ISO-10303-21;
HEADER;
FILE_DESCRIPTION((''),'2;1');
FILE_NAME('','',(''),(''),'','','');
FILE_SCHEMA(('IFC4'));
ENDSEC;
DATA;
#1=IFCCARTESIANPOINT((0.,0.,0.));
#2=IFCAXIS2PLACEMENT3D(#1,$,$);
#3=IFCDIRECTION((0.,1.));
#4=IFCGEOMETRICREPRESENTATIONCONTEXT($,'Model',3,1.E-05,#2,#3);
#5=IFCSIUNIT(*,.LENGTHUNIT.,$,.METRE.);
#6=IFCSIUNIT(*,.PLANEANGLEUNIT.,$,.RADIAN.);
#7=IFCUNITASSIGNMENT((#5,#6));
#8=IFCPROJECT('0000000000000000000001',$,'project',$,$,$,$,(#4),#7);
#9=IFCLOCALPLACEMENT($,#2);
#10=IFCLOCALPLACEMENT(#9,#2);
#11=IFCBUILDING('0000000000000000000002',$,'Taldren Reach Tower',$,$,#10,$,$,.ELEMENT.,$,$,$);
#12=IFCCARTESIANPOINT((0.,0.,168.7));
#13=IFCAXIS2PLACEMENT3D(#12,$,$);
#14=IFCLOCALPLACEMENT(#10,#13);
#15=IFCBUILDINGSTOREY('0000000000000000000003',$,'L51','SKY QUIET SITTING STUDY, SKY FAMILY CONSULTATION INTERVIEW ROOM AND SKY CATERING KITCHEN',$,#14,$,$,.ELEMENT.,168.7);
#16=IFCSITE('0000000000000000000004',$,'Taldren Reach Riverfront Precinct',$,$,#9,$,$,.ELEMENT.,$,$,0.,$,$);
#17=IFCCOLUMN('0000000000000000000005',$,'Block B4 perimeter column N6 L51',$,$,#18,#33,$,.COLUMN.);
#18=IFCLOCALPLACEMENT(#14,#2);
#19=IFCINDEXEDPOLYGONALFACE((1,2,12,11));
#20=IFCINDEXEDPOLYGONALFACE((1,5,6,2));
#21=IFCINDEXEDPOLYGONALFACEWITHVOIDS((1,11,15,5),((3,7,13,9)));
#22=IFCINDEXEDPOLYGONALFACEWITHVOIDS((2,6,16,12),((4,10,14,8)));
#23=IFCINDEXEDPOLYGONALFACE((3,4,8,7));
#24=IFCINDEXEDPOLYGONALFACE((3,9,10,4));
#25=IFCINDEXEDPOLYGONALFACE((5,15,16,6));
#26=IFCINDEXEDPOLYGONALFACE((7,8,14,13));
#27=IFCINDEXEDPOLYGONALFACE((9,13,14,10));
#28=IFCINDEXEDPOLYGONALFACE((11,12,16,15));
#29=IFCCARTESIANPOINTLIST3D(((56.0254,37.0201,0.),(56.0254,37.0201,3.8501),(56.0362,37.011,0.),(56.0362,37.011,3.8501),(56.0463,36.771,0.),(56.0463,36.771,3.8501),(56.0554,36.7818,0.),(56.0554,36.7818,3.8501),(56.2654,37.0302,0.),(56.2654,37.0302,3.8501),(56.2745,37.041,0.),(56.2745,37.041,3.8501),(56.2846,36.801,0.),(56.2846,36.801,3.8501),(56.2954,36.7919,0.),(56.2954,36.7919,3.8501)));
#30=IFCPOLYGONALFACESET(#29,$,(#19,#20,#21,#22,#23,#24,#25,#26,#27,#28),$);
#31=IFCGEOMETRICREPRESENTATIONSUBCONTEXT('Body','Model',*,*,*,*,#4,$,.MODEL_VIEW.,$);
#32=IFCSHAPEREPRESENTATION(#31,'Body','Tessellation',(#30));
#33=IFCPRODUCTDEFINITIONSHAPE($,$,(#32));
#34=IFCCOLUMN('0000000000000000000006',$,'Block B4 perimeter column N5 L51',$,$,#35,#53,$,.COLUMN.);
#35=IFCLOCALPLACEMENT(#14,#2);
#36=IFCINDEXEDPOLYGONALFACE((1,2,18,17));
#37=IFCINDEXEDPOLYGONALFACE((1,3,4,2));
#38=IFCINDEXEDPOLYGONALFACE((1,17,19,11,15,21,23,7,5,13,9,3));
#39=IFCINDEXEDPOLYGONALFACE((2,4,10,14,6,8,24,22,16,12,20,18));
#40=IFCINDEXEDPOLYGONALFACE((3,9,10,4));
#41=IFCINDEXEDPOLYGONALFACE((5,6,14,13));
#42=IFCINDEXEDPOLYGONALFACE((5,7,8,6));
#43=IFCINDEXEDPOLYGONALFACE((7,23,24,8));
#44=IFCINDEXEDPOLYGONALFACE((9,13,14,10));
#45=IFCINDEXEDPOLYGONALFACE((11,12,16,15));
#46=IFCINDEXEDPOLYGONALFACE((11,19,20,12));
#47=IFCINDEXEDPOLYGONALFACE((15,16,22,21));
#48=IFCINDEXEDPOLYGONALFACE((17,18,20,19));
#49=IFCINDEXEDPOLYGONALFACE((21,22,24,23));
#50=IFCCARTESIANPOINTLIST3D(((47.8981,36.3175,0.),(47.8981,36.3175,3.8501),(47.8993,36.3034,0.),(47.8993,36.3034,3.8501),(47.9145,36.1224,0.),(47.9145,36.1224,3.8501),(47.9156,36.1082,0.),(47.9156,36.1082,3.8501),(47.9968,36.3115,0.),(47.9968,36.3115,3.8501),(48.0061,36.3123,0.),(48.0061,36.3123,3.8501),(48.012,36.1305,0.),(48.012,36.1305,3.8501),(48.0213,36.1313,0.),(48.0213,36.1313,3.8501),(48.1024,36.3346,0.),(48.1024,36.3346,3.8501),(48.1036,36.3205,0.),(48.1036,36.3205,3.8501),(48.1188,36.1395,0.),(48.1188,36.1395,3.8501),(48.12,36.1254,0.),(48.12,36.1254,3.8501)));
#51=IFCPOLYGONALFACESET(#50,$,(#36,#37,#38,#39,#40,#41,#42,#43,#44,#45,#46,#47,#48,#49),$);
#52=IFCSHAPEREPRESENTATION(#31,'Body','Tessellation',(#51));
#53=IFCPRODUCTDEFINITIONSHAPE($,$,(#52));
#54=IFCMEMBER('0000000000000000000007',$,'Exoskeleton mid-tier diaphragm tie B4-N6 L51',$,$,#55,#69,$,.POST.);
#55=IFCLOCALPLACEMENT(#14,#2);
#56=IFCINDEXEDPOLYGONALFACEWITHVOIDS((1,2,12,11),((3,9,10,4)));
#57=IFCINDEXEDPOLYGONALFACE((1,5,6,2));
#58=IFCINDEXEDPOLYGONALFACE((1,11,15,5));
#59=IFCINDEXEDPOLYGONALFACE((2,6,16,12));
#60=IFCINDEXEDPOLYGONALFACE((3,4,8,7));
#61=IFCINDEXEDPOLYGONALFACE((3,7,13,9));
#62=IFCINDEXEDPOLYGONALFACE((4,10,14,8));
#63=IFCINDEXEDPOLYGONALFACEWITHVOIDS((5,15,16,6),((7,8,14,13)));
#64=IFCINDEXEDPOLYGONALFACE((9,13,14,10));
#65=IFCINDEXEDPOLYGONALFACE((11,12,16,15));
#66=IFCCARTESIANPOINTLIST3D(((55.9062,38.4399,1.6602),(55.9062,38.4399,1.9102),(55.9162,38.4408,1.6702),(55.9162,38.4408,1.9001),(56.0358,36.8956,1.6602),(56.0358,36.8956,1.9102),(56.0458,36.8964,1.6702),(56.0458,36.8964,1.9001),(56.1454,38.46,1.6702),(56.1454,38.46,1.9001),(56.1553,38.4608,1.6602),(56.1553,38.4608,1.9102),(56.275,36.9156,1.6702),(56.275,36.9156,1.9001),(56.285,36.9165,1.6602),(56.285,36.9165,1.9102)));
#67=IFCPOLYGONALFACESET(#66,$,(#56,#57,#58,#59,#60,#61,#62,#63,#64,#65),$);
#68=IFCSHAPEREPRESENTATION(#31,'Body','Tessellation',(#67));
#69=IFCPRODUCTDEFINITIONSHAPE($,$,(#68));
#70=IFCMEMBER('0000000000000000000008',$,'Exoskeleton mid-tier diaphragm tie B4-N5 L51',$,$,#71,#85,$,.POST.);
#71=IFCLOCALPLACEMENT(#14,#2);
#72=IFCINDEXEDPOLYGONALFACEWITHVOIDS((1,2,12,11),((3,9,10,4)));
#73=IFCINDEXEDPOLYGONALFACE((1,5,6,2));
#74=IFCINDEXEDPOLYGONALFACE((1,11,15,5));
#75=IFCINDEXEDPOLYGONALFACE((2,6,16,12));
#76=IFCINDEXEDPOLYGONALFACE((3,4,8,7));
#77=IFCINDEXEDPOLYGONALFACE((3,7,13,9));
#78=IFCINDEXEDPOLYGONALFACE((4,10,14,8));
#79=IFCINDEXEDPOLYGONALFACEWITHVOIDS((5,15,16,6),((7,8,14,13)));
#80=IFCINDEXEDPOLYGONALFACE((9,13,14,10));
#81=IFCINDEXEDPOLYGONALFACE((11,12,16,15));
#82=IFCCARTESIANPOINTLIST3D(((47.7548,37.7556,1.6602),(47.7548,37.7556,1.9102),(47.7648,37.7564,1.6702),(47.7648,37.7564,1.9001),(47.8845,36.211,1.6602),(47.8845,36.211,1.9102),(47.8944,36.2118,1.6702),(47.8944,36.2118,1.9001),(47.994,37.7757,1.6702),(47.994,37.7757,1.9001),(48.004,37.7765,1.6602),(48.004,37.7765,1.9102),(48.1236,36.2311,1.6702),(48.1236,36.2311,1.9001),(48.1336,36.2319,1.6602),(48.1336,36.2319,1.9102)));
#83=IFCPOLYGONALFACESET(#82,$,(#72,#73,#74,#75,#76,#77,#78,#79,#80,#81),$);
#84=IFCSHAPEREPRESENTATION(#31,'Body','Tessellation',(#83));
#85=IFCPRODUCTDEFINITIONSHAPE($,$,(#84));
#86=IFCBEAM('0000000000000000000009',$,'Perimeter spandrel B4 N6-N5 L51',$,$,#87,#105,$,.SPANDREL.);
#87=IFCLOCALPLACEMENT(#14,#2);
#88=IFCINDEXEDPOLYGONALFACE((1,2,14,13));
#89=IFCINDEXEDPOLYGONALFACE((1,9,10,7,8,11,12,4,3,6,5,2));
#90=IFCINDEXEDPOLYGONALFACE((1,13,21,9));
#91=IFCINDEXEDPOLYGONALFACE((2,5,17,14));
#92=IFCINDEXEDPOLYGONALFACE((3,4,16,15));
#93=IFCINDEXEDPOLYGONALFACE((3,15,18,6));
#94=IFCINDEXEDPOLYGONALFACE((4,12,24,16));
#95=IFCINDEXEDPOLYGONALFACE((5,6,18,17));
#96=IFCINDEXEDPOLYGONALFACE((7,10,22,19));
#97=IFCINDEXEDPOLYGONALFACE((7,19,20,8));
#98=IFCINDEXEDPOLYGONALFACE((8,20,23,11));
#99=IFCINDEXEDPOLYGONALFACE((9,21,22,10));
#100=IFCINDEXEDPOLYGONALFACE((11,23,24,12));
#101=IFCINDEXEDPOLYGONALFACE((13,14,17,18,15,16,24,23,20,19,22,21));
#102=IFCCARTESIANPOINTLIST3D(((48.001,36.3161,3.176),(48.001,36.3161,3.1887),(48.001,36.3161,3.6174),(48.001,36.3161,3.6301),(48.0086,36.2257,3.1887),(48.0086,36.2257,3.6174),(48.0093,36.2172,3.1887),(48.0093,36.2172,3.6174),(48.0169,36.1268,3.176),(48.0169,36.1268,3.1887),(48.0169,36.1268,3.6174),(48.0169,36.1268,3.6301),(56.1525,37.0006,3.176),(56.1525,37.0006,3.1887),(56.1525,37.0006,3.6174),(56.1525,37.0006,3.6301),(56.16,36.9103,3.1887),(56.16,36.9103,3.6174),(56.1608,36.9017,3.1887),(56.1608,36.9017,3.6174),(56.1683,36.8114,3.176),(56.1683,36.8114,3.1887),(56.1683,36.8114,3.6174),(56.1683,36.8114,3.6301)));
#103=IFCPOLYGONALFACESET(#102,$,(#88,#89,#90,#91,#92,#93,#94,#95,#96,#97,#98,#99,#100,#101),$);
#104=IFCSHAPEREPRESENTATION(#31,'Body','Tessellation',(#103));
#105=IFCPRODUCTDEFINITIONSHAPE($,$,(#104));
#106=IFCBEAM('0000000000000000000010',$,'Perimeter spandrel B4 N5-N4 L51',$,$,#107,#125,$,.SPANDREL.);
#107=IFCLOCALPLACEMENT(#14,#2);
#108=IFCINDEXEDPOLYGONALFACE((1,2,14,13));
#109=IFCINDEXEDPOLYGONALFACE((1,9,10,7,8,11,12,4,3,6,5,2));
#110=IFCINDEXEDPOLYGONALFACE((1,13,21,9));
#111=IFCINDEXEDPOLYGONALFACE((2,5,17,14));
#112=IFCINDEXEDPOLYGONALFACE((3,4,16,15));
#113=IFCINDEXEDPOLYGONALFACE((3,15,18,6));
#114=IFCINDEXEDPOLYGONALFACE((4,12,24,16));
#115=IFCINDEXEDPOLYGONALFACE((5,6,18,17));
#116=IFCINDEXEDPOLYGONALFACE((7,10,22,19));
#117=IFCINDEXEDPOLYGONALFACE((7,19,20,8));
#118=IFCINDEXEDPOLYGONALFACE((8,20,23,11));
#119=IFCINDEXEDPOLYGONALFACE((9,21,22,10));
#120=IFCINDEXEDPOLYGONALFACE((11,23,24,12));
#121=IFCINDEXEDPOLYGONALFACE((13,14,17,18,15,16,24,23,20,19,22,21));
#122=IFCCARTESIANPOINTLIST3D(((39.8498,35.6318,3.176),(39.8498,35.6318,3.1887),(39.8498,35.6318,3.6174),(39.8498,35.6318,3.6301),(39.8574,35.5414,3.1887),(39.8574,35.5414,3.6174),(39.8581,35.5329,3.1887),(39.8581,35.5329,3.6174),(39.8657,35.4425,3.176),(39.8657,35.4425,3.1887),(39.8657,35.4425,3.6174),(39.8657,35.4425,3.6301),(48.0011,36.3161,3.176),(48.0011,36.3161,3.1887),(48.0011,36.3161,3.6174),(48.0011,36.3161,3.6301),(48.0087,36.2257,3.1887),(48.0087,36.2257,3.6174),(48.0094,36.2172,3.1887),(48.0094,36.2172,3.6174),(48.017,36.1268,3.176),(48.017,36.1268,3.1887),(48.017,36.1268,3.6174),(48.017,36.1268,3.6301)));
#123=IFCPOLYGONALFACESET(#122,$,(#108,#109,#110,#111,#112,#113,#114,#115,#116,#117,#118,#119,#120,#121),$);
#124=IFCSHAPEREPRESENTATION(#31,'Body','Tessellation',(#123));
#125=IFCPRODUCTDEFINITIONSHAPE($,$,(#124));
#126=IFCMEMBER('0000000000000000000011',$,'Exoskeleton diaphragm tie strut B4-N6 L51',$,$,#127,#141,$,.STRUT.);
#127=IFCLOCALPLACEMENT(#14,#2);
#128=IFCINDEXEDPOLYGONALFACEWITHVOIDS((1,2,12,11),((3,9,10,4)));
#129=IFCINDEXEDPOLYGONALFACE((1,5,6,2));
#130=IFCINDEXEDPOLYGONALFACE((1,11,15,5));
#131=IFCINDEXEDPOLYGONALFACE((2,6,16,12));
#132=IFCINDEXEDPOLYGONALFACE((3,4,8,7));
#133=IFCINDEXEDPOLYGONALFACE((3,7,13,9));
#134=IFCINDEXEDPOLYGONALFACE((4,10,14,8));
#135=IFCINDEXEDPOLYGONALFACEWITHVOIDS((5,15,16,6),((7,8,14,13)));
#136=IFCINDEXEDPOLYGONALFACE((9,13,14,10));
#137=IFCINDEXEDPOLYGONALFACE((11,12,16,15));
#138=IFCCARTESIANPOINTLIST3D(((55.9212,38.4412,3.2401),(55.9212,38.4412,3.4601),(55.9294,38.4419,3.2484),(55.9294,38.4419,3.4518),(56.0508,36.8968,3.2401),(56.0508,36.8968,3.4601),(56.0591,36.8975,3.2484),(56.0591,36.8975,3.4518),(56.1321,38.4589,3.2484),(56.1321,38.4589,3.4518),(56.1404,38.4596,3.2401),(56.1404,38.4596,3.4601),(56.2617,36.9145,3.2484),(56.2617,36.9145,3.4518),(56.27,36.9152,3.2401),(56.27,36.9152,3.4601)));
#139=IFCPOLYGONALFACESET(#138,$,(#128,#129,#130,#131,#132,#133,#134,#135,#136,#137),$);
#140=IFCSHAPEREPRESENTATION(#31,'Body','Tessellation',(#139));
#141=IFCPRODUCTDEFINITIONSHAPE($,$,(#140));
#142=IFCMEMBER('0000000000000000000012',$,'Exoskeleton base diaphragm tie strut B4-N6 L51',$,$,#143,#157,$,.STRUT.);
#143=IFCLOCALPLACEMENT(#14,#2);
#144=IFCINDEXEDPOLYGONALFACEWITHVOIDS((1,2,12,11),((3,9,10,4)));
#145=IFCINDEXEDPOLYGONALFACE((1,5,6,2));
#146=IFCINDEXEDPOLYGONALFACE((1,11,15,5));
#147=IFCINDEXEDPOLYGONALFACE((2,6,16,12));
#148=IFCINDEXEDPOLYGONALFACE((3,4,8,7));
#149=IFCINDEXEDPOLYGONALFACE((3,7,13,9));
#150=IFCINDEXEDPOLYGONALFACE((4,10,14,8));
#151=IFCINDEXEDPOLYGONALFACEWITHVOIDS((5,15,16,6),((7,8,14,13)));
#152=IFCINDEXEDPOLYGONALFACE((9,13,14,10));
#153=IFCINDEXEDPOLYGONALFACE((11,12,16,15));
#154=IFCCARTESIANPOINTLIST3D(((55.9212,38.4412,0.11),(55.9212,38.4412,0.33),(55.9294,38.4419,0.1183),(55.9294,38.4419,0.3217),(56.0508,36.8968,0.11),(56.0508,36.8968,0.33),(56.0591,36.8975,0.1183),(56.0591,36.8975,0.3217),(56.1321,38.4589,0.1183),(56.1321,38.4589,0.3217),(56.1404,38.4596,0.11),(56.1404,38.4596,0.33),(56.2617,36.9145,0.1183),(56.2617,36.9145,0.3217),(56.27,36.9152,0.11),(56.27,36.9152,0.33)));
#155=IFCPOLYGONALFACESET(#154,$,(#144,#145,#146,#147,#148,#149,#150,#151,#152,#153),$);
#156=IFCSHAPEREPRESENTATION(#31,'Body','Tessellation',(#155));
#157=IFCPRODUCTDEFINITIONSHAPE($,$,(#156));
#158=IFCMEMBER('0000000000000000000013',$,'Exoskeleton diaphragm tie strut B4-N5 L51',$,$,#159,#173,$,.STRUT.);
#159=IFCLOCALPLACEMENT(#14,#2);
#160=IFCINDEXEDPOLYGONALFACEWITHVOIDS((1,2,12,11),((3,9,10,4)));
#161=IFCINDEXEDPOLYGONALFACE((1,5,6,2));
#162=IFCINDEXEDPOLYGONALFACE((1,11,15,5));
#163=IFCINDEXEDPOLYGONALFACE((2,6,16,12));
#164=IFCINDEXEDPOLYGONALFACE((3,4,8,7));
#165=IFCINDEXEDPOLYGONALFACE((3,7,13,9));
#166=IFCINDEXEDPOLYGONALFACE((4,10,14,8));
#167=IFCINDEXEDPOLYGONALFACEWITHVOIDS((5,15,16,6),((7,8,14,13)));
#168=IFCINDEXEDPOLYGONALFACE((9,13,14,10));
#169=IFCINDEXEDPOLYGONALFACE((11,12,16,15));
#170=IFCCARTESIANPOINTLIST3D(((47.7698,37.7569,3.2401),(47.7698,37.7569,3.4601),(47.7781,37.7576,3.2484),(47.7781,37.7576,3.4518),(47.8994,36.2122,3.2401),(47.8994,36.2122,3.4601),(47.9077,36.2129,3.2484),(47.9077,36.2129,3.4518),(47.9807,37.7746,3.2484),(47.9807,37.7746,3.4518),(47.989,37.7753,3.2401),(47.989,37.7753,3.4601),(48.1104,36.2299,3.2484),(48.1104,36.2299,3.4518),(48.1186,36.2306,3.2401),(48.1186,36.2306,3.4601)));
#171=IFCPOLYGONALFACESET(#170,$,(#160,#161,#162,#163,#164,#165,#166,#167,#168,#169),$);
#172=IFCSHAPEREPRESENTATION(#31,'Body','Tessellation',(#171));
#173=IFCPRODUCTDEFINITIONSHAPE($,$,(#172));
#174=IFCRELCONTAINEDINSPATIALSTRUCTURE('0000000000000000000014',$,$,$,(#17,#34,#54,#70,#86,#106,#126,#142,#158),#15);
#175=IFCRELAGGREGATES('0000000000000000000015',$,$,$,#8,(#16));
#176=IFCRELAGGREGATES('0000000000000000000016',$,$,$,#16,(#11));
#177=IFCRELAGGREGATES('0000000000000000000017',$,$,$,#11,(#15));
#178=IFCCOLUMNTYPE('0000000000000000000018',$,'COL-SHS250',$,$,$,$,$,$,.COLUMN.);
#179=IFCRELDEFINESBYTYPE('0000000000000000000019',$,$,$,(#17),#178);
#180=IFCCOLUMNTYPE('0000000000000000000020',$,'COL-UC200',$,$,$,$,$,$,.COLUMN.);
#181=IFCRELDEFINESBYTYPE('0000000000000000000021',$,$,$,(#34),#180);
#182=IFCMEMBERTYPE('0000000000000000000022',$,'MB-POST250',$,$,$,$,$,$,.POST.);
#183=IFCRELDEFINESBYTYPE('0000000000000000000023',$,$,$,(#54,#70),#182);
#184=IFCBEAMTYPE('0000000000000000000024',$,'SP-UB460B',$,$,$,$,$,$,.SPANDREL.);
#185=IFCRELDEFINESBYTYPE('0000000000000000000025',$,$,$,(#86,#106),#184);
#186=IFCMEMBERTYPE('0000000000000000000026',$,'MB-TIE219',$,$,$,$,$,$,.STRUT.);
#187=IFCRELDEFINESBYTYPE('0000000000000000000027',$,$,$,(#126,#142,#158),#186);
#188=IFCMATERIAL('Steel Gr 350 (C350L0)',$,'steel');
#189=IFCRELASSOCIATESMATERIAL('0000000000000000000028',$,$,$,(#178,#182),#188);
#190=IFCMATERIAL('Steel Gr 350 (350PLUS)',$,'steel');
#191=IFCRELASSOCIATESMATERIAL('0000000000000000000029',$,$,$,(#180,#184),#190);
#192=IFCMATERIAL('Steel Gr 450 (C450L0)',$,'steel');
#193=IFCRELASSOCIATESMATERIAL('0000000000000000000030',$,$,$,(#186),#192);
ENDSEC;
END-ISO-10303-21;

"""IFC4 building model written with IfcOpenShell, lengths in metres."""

from ifc_helpers import new_model, si_unit, direction, frame, origin, origin_2d, place, context, subcontext, project, spatial, hollow_rectangle, i_section, extrude, source, transform, mapped, material, material_profile, profile_set, type_object, element, save


model = new_model("IFC4")

# Units and contexts
model_context = context("Model", 3, precision=1e-05, world=origin(), true_north=direction((0.0, 1.0)))
body_context = subcontext(model_context, "Body", "Model", "MODEL_VIEW")
ifc_project = project(units=[si_unit("LENGTHUNIT", "METRE"), si_unit("PLANEANGLEUNIT", "RADIAN")], contexts=[model_context])

# Site, building, storey
site_placement = place(None, origin())
site = spatial("IfcSite", under=ifc_project, at=site_placement, Name="Taldren Reach Riverfront Precinct", CompositionType="ELEMENT", RefElevation=0.0)
building_placement = place(site_placement, origin())
building = spatial("IfcBuilding", under=site, at=building_placement, Name="Taldren Reach Tower", CompositionType="ELEMENT")
storey_placement = place(building_placement, frame((0.0, 0.0, 168.7)))
storey = spatial("IfcBuildingStorey", under=building, at=storey_placement, Name="L51", Description="SKY QUIET SITTING STUDY, SKY FAMILY CONSULTATION INTERVIEW ROOM AND SKY CATERING KITCHEN", CompositionType="ELEMENT", Elevation=168.7)

# Columns
ifc_material_1 = material(Name="Steel Gr 350 (C350L0)", Category="steel")
ifc_material_profile_1 = material_profile(ifc_material_1, hollow_rectangle(XDim=0.25, YDim=0.25, WallThickness=0.01, at=origin_2d()), Name="250x250x10.0SHS")
ifc_profile_set_1 = profile_set([ifc_material_profile_1], Name="Steel Gr 350 (C350L0)")
column_type_1 = type_object("IfcColumnType", Name="COL-SHS250", PredefinedType="COLUMN", material=ifc_profile_set_1)
shared_shape_1 = source(origin(), body_context, "Body", "SweptSolid", [
    extrude(hollow_rectangle(XDim=0.25, YDim=0.25, WallThickness=0.01, at=origin_2d()), origin(), (0.0, 0.0, 1.0), 3.8501),
])
column_1_placement = place(storey_placement, frame((56.1604, 36.906, 0.0), z_axis=(0.0, 0.0, 1.0), x_axis=(0.996493, 0.083678, 0.0)))
element("IfcColumn", 1, at=column_1_placement, inside=storey, type_object=column_type_1, Name="Block B4 perimeter column N6 L51", PredefinedType="COLUMN", context=body_context, shape_type="MappedRepresentation", body=[
    mapped(shared_shape_1, transform((0.0, 0.0, 0.0), scale=1.0)),
])
ifc_material_2 = material(Name="Steel Gr 350 (350PLUS)", Category="steel")
ifc_material_profile_2 = material_profile(ifc_material_2, i_section(OverallWidth=0.2051, OverallDepth=0.21, WebThickness=0.0093, FlangeThickness=0.0142, at=origin_2d()), Name="200UC59.5")
ifc_profile_set_2 = profile_set([ifc_material_profile_2], Name="Steel Gr 350 (350PLUS)")
column_type_2 = type_object("IfcColumnType", Name="COL-UC200", PredefinedType="COLUMN", material=ifc_profile_set_2)
shared_shape_2 = source(origin(), body_context, "Body", "SweptSolid", [
    extrude(i_section(OverallWidth=0.2051, OverallDepth=0.21, WebThickness=0.0093, FlangeThickness=0.0142, at=origin_2d()), origin(), (0.0, 0.0, 1.0), 3.8501),
])
column_2_placement = place(storey_placement, frame((48.009, 36.2214, 0.0), z_axis=(0.0, 0.0, 1.0), x_axis=(0.996493, 0.083678, 0.0)))
element("IfcColumn", 2, at=column_2_placement, inside=storey, type_object=column_type_2, Name="Block B4 perimeter column N5 L51", PredefinedType="COLUMN", context=body_context, shape_type="MappedRepresentation", body=[
    mapped(shared_shape_2, transform((0.0, 0.0, 0.0), scale=1.0)),
])

# Members
ifc_material_profile_3 = material_profile(ifc_material_1, hollow_rectangle(XDim=0.25, YDim=0.25, WallThickness=0.01, at=origin_2d()), Name="250x250x10.0SHS")
ifc_profile_set_3 = profile_set([ifc_material_profile_3], Name="Steel Gr 350 (C350L0)")
member_type_1 = type_object("IfcMemberType", Name="MB-POST250", PredefinedType="POST", material=ifc_profile_set_3)
shared_shape_3 = source(origin(), body_context, "Body", "SweptSolid", [
    extrude(hollow_rectangle(XDim=0.25, YDim=0.25, WallThickness=0.01, at=origin_2d()), origin(), (0.0, 0.0, 1.0), 1.5498),
])
member_1_placement = place(storey_placement, frame((56.1604, 36.906, 1.7852), z_axis=(-0.083645, 0.996496, 0.0), x_axis=(-0.996496, -0.083645, 0.0)))
element("IfcMember", 3, at=member_1_placement, inside=storey, type_object=member_type_1, Name="Exoskeleton mid-tier diaphragm tie B4-N6 L51", PredefinedType="POST", context=body_context, shape_type="MappedRepresentation", body=[
    mapped(shared_shape_3, transform((0.0, 0.0, 0.0), scale=1.0)),
])
shared_shape_4 = source(origin(), body_context, "Body", "SweptSolid", [
    extrude(hollow_rectangle(XDim=0.25, YDim=0.25, WallThickness=0.01, at=origin_2d()), origin(), (0.0, 0.0, 1.0), 1.55),
])
member_2_placement = place(storey_placement, frame((48.009, 36.2214, 1.7852), z_axis=(-0.083632, 0.996497, 0.0), x_axis=(-0.996497, -0.083632, 0.0)))
element("IfcMember", 4, at=member_2_placement, inside=storey, type_object=member_type_1, Name="Exoskeleton mid-tier diaphragm tie B4-N5 L51", PredefinedType="POST", context=body_context, shape_type="MappedRepresentation", body=[
    mapped(shared_shape_4, transform((0.0, 0.0, 0.0), scale=1.0)),
])

# Beams
ifc_material_profile_4 = material_profile(ifc_material_2, i_section(OverallWidth=0.1899, OverallDepth=0.4541, WebThickness=0.0085, FlangeThickness=0.0127, at=origin_2d()), Name="460UB67.1")
ifc_profile_set_4 = profile_set([ifc_material_profile_4], Name="Steel Gr 350 (350PLUS)")
beam_type = type_object("IfcBeamType", Name="SP-UB460B", PredefinedType="SPANDREL", material=ifc_profile_set_4)
shared_shape_5 = source(origin(), body_context, "Body", "SweptSolid", [
    extrude(i_section(OverallWidth=0.1899, OverallDepth=0.4541, WebThickness=0.0085, FlangeThickness=0.0127, at=origin_2d()), origin(), (0.0, 0.0, 1.0), 8.1802),
])
beam_1_placement = place(storey_placement, frame((56.1604, 36.906, 3.4031), z_axis=(-0.996492, -0.083688, 0.0), x_axis=(0.083688, -0.996492, 0.0)))
element("IfcBeam", 5, at=beam_1_placement, inside=storey, type_object=beam_type, Name="Perimeter spandrel B4 N6-N5 L51", PredefinedType="SPANDREL", context=body_context, shape_type="MappedRepresentation", body=[
    mapped(shared_shape_5, transform((0.0, 0.0, 0.0), scale=1.0)),
])
shared_shape_6 = source(origin(), body_context, "Body", "SweptSolid", [
    extrude(i_section(OverallWidth=0.1899, OverallDepth=0.4541, WebThickness=0.0085, FlangeThickness=0.0127, at=origin_2d()), origin(), (0.0, 0.0, 1.0), 8.1799),
])
beam_2_placement = place(storey_placement, frame((48.009, 36.2214, 3.4031), z_axis=(-0.996495, -0.083658, 0.0), x_axis=(0.083658, -0.996495, 0.0)))
element("IfcBeam", 6, at=beam_2_placement, inside=storey, type_object=beam_type, Name="Perimeter spandrel B4 N5-N4 L51", PredefinedType="SPANDREL", context=body_context, shape_type="MappedRepresentation", body=[
    mapped(shared_shape_6, transform((0.0, 0.0, 0.0), scale=1.0)),
])

# Members
ifc_material_3 = material(Name="Steel Gr 450 (C450L0)", Category="steel")
ifc_material_profile_5 = material_profile(ifc_material_3, hollow_rectangle(XDim=0.22, YDim=0.22, WallThickness=0.0083, at=origin_2d()), Name="220x220x8.2SHS")
ifc_profile_set_5 = profile_set([ifc_material_profile_5], Name="Steel Gr 450 (C450L0)")
member_type_2 = type_object("IfcMemberType", Name="MB-TIE219", PredefinedType="STRUT", material=ifc_profile_set_5)
shared_shape_7 = source(origin(), body_context, "Body", "SweptSolid", [
    extrude(hollow_rectangle(XDim=0.22, YDim=0.22, WallThickness=0.0083, at=origin_2d()), origin(), (0.0, 0.0, 1.0), 1.5498),
])
for number, where, z_axis, x_axis, name in (
    (7, (56.1604, 36.906, 3.3501), (-0.083645, 0.996496, 0.0), (-0.996496, -0.083645, 0.0), "Exoskeleton diaphragm tie strut B4-N6 L51"),
    (8, (56.1604, 36.906, 0.22), (-0.083645, 0.996496, 0.0), (-0.996496, -0.083645, 0.0), "Exoskeleton base diaphragm tie strut B4-N6 L51"),
):
    element("IfcMember", number, at=place(storey_placement, frame(where, z_axis=z_axis, x_axis=x_axis)), inside=storey, type_object=member_type_2, Name=name, PredefinedType="STRUT", context=body_context, shape_type="MappedRepresentation", body=[
        mapped(shared_shape_7, transform((0.0, 0.0, 0.0), scale=1.0)),
    ])
shared_shape_8 = source(origin(), body_context, "Body", "SweptSolid", [
    extrude(hollow_rectangle(XDim=0.22, YDim=0.22, WallThickness=0.0083, at=origin_2d()), origin(), (0.0, 0.0, 1.0), 1.55),
])
for number, where, z_axis, x_axis, name in (
    (9, (48.009, 36.2214, 3.3501), (-0.083632, 0.996497, 0.0), (-0.996497, -0.083632, 0.0), "Exoskeleton diaphragm tie strut B4-N5 L51"),
):
    element("IfcMember", number, at=place(storey_placement, frame(where, z_axis=z_axis, x_axis=x_axis)), inside=storey, type_object=member_type_2, Name=name, PredefinedType="STRUT", context=body_context, shape_type="MappedRepresentation", body=[
        mapped(shared_shape_8, transform((0.0, 0.0, 0.0), scale=1.0)),
    ])

save(model, "model.ifc")
